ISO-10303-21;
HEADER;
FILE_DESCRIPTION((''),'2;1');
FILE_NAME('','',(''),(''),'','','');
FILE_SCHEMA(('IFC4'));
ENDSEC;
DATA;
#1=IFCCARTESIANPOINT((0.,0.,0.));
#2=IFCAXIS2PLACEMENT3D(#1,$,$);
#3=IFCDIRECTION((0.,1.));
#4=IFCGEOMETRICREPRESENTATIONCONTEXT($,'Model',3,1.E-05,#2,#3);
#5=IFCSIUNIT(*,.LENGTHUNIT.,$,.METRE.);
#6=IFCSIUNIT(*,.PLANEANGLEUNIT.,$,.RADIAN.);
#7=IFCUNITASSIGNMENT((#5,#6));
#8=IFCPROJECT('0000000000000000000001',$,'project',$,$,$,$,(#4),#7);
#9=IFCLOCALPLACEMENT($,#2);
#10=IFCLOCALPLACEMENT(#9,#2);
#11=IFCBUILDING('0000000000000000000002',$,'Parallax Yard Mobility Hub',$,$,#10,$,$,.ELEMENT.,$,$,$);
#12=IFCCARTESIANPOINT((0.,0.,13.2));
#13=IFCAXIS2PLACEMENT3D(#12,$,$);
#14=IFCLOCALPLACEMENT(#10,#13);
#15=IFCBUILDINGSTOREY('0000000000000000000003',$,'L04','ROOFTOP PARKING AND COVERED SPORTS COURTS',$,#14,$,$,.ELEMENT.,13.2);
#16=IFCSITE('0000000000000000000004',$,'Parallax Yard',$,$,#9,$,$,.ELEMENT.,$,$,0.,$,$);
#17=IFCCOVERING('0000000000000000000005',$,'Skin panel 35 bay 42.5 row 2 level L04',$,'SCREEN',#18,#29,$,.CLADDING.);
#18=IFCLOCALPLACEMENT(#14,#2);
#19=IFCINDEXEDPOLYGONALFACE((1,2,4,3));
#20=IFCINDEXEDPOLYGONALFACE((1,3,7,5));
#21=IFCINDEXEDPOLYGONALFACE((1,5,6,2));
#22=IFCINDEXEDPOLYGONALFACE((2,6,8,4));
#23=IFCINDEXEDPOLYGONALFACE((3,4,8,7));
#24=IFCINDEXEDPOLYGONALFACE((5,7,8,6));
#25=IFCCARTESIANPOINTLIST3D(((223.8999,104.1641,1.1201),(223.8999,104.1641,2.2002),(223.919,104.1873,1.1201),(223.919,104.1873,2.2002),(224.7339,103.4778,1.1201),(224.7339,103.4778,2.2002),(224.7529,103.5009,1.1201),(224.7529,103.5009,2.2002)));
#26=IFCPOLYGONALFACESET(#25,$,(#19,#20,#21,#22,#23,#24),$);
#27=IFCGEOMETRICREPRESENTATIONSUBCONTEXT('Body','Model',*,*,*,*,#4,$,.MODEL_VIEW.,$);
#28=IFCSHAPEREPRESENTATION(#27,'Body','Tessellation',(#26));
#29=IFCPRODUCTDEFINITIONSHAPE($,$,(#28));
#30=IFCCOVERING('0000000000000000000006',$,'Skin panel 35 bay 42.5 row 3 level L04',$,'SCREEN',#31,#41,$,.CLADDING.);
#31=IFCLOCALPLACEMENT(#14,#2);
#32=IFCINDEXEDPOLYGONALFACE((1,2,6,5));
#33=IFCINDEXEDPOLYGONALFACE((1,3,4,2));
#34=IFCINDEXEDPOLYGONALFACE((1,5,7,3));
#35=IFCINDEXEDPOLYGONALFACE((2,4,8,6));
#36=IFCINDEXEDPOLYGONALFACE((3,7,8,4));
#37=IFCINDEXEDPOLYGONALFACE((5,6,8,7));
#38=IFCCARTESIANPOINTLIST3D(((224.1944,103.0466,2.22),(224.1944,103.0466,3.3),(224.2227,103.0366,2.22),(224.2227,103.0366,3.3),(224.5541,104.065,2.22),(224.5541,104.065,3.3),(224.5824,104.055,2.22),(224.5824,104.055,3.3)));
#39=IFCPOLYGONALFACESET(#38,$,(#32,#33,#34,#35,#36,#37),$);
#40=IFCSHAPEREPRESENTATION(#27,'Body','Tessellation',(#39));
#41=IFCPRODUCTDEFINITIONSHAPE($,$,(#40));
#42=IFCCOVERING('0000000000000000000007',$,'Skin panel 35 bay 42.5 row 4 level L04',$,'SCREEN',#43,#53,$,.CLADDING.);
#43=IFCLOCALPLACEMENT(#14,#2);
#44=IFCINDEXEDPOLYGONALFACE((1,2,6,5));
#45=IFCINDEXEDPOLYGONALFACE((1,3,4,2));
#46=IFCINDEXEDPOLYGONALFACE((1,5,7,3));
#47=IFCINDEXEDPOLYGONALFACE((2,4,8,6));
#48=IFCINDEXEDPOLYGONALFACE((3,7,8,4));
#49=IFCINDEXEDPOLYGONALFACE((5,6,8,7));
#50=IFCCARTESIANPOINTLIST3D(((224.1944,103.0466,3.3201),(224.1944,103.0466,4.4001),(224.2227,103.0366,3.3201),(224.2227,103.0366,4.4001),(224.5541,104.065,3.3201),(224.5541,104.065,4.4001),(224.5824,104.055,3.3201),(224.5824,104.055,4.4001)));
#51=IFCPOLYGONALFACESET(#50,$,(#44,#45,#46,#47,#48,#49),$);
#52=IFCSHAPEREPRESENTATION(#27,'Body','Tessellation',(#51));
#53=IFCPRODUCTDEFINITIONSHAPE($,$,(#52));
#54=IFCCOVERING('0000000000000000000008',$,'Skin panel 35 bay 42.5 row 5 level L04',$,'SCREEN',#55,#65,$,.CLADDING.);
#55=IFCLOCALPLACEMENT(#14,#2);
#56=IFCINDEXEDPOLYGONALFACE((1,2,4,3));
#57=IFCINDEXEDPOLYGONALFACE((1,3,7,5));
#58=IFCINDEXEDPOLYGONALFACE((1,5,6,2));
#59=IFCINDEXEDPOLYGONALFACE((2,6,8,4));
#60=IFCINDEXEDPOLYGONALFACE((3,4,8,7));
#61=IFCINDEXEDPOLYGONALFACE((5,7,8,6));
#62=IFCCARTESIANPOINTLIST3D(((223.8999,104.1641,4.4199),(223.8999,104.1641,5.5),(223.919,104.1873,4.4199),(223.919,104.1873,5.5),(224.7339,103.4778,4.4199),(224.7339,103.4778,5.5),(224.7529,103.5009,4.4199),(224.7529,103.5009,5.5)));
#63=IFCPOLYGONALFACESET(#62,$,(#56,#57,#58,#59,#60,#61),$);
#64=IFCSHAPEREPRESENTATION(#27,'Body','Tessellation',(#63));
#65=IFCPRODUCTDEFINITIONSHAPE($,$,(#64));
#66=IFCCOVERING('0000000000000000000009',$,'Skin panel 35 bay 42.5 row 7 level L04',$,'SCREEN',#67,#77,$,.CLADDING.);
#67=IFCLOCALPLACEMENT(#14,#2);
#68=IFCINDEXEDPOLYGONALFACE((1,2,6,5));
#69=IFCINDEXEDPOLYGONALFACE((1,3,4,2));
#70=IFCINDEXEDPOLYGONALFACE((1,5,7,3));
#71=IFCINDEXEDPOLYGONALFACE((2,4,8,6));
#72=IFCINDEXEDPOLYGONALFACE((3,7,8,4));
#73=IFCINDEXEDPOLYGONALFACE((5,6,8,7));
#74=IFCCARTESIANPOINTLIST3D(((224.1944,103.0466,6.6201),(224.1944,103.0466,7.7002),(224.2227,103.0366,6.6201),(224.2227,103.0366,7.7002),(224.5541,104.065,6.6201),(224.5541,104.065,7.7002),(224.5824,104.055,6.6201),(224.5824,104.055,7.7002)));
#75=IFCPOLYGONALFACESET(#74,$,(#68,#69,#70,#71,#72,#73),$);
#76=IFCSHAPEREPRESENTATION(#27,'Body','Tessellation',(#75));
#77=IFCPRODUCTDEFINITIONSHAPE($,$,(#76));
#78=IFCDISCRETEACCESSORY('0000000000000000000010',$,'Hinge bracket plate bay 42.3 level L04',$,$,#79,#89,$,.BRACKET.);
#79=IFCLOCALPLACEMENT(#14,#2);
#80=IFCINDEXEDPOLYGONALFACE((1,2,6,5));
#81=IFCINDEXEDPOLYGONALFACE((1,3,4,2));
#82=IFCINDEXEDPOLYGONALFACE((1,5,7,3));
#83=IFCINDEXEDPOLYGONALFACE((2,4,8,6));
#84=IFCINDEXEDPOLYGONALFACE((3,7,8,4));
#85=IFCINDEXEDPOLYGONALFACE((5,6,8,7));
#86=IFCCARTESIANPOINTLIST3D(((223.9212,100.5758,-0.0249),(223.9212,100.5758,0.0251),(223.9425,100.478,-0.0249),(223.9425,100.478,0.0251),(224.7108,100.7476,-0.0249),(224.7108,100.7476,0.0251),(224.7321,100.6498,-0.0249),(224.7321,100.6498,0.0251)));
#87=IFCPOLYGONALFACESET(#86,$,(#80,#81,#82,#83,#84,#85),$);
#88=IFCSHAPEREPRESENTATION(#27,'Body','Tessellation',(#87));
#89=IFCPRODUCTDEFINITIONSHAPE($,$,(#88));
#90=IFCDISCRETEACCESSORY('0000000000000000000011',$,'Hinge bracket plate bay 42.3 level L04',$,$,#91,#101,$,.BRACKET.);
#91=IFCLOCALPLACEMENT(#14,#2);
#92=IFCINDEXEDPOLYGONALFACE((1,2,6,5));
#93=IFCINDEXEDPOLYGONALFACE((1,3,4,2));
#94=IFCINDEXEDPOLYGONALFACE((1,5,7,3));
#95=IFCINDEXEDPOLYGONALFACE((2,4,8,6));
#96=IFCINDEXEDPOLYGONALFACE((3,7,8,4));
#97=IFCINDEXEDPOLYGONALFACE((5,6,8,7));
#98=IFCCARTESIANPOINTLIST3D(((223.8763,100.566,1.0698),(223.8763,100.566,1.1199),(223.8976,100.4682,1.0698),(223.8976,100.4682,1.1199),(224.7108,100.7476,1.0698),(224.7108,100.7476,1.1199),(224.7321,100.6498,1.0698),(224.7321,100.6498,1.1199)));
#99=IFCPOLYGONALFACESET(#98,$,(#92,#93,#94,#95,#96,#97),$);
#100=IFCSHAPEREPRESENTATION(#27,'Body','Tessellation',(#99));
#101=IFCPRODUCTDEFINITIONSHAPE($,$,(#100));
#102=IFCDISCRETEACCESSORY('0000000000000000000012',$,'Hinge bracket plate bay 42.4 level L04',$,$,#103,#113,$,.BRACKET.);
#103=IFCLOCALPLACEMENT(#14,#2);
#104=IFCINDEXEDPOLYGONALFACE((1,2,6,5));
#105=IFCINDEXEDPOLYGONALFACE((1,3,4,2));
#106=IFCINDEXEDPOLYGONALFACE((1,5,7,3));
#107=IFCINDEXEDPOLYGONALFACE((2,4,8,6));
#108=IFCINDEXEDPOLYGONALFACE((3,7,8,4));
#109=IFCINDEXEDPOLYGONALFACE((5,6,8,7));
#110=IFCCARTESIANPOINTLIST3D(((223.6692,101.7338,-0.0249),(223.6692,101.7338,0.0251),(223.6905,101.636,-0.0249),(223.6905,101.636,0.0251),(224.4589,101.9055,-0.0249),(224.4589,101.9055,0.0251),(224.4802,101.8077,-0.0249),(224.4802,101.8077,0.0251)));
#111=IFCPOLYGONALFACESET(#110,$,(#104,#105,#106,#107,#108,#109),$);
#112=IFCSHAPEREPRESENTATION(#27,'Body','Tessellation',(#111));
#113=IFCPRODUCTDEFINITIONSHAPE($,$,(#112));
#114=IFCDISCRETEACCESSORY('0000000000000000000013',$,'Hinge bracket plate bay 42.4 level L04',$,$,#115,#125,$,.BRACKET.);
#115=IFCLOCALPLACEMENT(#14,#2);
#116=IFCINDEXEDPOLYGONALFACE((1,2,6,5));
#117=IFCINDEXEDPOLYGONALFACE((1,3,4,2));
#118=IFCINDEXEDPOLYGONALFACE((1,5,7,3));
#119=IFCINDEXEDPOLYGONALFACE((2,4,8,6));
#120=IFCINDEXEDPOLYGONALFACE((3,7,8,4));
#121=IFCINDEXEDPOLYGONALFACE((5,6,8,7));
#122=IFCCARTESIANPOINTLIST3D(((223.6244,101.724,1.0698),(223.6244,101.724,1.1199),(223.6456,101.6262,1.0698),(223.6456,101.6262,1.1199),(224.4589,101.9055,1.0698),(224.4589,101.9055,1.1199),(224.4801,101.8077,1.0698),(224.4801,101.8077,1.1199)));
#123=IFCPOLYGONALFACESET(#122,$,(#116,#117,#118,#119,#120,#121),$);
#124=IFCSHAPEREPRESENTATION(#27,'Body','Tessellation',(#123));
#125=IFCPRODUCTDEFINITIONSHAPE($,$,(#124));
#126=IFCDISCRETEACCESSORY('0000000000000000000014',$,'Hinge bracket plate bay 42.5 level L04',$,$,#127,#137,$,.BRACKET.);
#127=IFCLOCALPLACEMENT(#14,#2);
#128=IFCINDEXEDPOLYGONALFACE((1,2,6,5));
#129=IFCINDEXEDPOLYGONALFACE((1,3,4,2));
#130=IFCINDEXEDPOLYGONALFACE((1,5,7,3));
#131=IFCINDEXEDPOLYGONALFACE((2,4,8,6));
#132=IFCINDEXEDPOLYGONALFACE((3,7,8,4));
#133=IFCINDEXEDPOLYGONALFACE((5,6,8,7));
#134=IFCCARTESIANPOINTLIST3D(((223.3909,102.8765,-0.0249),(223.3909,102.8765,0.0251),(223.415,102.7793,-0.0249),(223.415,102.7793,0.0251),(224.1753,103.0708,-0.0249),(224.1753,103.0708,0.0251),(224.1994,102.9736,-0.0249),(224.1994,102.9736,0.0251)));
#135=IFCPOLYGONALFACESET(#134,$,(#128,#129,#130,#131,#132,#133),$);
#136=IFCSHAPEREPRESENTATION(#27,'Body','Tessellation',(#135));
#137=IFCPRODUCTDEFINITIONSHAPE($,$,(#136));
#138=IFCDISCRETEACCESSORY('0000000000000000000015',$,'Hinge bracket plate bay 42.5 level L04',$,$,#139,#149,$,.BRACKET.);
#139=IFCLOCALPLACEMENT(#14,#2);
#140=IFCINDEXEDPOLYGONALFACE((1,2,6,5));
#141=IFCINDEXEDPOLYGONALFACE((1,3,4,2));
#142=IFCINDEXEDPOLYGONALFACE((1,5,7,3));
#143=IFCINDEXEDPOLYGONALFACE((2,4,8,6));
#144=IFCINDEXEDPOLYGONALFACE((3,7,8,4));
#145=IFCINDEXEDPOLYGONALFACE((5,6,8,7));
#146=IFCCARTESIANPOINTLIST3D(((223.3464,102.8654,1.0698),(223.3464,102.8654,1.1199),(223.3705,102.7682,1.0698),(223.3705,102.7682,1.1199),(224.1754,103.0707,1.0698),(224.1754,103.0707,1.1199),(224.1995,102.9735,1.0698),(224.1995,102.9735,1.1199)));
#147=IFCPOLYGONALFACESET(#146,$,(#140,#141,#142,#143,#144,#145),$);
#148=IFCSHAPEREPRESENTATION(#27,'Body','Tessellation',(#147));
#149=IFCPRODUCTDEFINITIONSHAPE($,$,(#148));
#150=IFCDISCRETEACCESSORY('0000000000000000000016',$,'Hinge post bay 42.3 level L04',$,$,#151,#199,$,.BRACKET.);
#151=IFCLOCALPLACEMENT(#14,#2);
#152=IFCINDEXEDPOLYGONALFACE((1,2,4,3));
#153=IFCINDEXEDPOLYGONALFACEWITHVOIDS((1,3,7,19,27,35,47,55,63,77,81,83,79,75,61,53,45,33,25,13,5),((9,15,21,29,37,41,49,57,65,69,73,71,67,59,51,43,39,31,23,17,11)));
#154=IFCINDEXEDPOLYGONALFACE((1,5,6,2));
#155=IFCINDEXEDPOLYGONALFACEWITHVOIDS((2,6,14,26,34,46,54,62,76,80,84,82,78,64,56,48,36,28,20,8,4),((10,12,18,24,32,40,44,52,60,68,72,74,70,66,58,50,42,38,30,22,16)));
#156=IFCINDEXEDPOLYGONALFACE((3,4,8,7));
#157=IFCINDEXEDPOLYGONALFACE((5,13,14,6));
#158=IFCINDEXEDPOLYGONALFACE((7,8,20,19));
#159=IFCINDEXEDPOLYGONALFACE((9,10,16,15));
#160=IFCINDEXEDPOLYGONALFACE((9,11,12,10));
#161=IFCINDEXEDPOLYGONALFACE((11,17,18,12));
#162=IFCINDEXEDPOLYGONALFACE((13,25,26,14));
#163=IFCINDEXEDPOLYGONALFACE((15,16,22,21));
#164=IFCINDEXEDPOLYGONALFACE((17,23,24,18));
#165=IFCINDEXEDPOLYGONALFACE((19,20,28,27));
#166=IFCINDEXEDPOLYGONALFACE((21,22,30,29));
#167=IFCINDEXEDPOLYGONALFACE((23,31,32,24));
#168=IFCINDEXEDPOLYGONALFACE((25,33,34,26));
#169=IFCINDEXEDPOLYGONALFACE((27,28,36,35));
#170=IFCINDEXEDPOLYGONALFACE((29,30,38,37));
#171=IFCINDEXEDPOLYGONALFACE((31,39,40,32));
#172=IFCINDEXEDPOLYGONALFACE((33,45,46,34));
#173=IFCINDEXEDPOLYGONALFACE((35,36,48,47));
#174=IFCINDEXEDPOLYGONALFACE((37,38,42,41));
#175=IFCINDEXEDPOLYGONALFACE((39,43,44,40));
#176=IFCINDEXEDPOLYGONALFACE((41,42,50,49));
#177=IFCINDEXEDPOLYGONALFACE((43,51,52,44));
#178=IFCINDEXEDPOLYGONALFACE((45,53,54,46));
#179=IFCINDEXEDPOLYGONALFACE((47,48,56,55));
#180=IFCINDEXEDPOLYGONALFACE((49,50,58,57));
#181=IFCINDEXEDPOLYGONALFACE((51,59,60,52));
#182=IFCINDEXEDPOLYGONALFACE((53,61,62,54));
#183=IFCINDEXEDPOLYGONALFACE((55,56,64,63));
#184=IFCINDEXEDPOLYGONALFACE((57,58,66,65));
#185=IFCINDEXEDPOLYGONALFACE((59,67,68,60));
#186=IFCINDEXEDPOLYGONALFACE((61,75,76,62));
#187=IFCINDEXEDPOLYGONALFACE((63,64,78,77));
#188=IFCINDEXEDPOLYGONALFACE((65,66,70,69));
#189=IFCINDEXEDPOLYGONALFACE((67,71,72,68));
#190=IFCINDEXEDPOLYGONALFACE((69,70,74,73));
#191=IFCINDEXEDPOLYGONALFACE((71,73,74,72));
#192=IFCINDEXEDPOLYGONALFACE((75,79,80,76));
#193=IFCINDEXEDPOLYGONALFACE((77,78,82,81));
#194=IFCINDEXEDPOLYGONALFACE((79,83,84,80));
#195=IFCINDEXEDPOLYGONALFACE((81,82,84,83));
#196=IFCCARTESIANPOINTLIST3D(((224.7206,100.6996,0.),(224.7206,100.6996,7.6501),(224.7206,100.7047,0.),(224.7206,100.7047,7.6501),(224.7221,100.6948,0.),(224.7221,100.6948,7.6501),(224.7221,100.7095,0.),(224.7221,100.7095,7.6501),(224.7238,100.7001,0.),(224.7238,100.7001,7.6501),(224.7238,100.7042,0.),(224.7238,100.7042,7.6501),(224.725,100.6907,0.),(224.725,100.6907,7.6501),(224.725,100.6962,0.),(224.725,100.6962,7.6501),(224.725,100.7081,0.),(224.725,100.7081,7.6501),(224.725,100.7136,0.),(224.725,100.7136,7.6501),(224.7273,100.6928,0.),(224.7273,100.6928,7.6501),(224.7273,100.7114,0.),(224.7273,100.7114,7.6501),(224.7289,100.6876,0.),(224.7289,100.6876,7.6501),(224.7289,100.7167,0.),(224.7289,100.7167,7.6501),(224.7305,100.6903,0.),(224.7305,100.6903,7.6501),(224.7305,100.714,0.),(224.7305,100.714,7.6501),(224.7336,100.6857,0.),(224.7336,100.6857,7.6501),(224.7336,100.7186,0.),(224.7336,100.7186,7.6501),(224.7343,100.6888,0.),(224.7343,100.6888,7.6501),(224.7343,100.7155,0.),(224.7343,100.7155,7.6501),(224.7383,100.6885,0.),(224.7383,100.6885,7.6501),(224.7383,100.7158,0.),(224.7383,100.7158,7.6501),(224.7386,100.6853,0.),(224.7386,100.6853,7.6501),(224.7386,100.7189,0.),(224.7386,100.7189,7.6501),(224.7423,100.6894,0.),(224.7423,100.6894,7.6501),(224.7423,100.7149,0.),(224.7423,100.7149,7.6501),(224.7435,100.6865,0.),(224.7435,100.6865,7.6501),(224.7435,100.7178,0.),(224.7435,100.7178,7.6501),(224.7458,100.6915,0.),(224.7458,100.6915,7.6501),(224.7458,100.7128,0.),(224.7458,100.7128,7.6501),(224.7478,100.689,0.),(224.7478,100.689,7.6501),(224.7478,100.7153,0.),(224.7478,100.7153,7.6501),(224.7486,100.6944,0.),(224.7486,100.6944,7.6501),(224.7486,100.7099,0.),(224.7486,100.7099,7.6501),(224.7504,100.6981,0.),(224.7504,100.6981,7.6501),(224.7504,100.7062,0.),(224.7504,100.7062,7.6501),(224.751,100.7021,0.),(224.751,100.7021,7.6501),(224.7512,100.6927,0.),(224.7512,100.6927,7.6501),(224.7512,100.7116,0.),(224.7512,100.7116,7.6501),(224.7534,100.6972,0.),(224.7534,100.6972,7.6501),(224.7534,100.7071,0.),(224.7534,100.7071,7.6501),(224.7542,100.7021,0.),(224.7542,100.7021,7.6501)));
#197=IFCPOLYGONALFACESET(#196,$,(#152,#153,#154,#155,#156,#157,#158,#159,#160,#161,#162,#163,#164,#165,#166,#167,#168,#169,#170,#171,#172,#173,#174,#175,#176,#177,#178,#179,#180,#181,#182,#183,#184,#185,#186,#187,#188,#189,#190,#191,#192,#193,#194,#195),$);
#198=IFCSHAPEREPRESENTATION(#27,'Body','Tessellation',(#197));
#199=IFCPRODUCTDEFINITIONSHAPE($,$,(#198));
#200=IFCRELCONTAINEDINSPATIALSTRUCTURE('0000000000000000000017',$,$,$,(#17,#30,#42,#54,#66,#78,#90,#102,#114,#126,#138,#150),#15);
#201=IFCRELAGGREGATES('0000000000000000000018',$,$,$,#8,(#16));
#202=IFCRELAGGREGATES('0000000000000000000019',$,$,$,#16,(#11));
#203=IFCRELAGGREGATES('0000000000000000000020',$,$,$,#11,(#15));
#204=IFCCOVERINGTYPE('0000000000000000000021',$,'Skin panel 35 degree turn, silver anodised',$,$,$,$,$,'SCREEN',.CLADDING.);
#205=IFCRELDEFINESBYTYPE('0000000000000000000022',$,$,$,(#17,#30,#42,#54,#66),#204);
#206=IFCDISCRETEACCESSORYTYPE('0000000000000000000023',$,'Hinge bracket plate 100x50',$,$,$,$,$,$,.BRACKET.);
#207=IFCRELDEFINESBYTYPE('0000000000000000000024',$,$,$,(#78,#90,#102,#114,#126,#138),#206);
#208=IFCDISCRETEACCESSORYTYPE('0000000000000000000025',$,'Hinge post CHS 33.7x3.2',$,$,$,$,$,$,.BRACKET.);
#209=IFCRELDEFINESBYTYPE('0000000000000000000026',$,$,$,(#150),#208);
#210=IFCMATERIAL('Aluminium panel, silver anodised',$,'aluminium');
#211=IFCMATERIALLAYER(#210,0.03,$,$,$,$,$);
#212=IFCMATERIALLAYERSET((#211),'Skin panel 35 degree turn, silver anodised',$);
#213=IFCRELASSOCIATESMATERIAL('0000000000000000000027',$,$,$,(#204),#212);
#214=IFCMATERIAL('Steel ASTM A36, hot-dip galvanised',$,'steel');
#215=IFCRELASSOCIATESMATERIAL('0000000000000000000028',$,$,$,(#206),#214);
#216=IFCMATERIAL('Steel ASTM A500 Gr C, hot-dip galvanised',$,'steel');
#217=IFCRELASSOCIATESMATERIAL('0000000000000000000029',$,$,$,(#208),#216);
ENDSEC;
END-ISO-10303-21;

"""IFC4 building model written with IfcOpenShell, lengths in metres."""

from ifc_helpers import new_model, si_unit, direction, frame, origin, origin_2d, place, context, subcontext, project, spatial, rectangle, hollow_circle, extrude, material, layer, layer_set, material_profile, profile_set, type_object, element, save


model = new_model("IFC4")

# Units and contexts
model_context = context("Model", 3, precision=1e-05, world=origin(), true_north=direction((0.0, 1.0)))
body_context = subcontext(model_context, "Body", "Model", "MODEL_VIEW")
ifc_project = project(units=[si_unit("LENGTHUNIT", "METRE"), si_unit("PLANEANGLEUNIT", "RADIAN")], contexts=[model_context])

# Site, building, storey
site_placement = place(None, origin())
site = spatial("IfcSite", under=ifc_project, at=site_placement, Name="Parallax Yard", CompositionType="ELEMENT", RefElevation=0.0)
building_placement = place(site_placement, origin())
building = spatial("IfcBuilding", under=site, at=building_placement, Name="Parallax Yard Mobility Hub", CompositionType="ELEMENT")
storey_placement = place(building_placement, frame((0.0, 0.0, 13.2)))
storey = spatial("IfcBuildingStorey", under=building, at=storey_placement, Name="L04", Description="ROOFTOP PARKING AND COVERED SPORTS COURTS", CompositionType="ELEMENT", Elevation=13.2)

# Coverings
ifc_material_1 = material(Name="Aluminium panel, silver anodised", Category="aluminium")
ifc_layer_1 = layer(ifc_material_1, 0.03)
ifc_layer_set_1 = layer_set([ifc_layer_1], Name="Skin panel 35 degree turn, silver anodised")
covering_type_1 = type_object("IfcCoveringType", Name="Skin panel 35 degree turn, silver anodised", ElementType="SCREEN", PredefinedType="CLADDING", material=ifc_layer_set_1)
for number, where, z_axis, x_axis, name in (
    (1, (224.3264, 103.8325, 1.1201), (0.0, 0.0, 1.0), (0.772129, -0.635465, 0.0), "Skin panel 35 bay 42.5 row 2 level L04"),
    (2, (224.3884, 103.5508, 2.22), (0.0, 0.0, 1.0), (0.333058, 0.942906, 0.0), "Skin panel 35 bay 42.5 row 3 level L04"),
    (3, (224.3884, 103.5508, 3.3201), (0.0, 0.0, 1.0), (0.333058, 0.942906, 0.0), "Skin panel 35 bay 42.5 row 4 level L04"),
    (4, (224.3264, 103.8325, 4.4199), (0.0, 0.0, 1.0), (0.772129, -0.635465, 0.0), "Skin panel 35 bay 42.5 row 5 level L04"),
    (5, (224.3884, 103.5508, 6.6201), (0.0, 0.0, 1.0), (0.333058, 0.942906, 0.0), "Skin panel 35 bay 42.5 row 7 level L04"),
):
    element("IfcCovering", number, at=place(storey_placement, frame(where, z_axis=z_axis, x_axis=x_axis)), inside=storey, type_object=covering_type_1, Name=name, ObjectType="SCREEN", PredefinedType="CLADDING", context=body_context, shape_type="SweptSolid", body=[
        extrude(rectangle(XDim=1.0801, YDim=0.03, at=origin_2d()), origin(), (0.0, 0.0, 1.0), 1.0801),
    ])

# Discrete accessories
ifc_material_2 = material(Name="Steel ASTM A36, hot-dip galvanised", Category="steel")
discrete_accessory_type_1 = type_object("IfcDiscreteAccessoryType", Name="Hinge bracket plate 100x50", PredefinedType="BRACKET", material=ifc_material_2)
discrete_accessory_1_placement = place(storey_placement, frame((224.3267, 100.6128, -0.0249), z_axis=(0.0, 0.0, 1.0), x_axis=(0.977147, 0.212565, 0.0)))
element("IfcDiscreteAccessory", 6, at=discrete_accessory_1_placement, inside=storey, type_object=discrete_accessory_type_1, Name="Hinge bracket plate bay 42.3 level L04", PredefinedType="BRACKET", context=body_context, shape_type="SweptSolid", body=[
    extrude(rectangle(XDim=0.8081, YDim=0.1001, at=origin_2d()), origin(), (0.0, 0.0, 1.0), 0.05),
])
discrete_accessory_2_placement = place(storey_placement, frame((224.3042, 100.6079, 1.0698), z_axis=(0.0, 0.0, 1.0), x_axis=(0.977147, 0.212565, 0.0)))
element("IfcDiscreteAccessory", 7, at=discrete_accessory_2_placement, inside=storey, type_object=discrete_accessory_type_1, Name="Hinge bracket plate bay 42.3 level L04", PredefinedType="BRACKET", context=body_context, shape_type="SweptSolid", body=[
    extrude(rectangle(XDim=0.854, YDim=0.1001, at=origin_2d()), origin(), (0.0, 0.0, 1.0), 0.05),
])
discrete_accessory_3_placement = place(storey_placement, frame((224.0747, 101.7708, -0.0249), z_axis=(0.0, 0.0, 1.0), x_axis=(0.977147, 0.212565, 0.0)))
element("IfcDiscreteAccessory", 8, at=discrete_accessory_3_placement, inside=storey, type_object=discrete_accessory_type_1, Name="Hinge bracket plate bay 42.4 level L04", PredefinedType="BRACKET", context=body_context, shape_type="SweptSolid", body=[
    extrude(rectangle(XDim=0.8081, YDim=0.1001, at=origin_2d()), origin(), (0.0, 0.0, 1.0), 0.05),
])
discrete_accessory_4_placement = place(storey_placement, frame((224.0522, 101.7659, 1.0698), z_axis=(0.0, 0.0, 1.0), x_axis=(0.977147, 0.212565, 0.0)))
element("IfcDiscreteAccessory", 9, at=discrete_accessory_4_placement, inside=storey, type_object=discrete_accessory_type_1, Name="Hinge bracket plate bay 42.4 level L04", PredefinedType="BRACKET", context=body_context, shape_type="SweptSolid", body=[
    extrude(rectangle(XDim=0.854, YDim=0.1001, at=origin_2d()), origin(), (0.0, 0.0, 1.0), 0.05),
])
discrete_accessory_5_placement = place(storey_placement, frame((223.7952, 102.925, -0.0249), z_axis=(0.0, 0.0, 1.0), x_axis=(0.970678, 0.240382, 0.0)))
element("IfcDiscreteAccessory", 10, at=discrete_accessory_5_placement, inside=storey, type_object=discrete_accessory_type_1, Name="Hinge bracket plate bay 42.5 level L04", PredefinedType="BRACKET", context=body_context, shape_type="SweptSolid", body=[
    extrude(rectangle(XDim=0.8081, YDim=0.1001, at=origin_2d()), origin(), (0.0, 0.0, 1.0), 0.05),
])
discrete_accessory_6_placement = place(storey_placement, frame((223.7729, 102.9194, 1.0698), z_axis=(0.0, 0.0, 1.0), x_axis=(0.970678, 0.240382, 0.0)))
element("IfcDiscreteAccessory", 11, at=discrete_accessory_6_placement, inside=storey, type_object=discrete_accessory_type_1, Name="Hinge bracket plate bay 42.5 level L04", PredefinedType="BRACKET", context=body_context, shape_type="SweptSolid", body=[
    extrude(rectangle(XDim=0.854, YDim=0.1001, at=origin_2d()), origin(), (0.0, 0.0, 1.0), 0.05),
])
ifc_material_3 = material(Name="Steel ASTM A500 Gr C, hot-dip galvanised", Category="steel")
ifc_material_profile = material_profile(ifc_material_3, hollow_circle(Radius=0.0168, WallThickness=0.0032, at=origin_2d()), Name="CHS 33.7x3.2")
ifc_profile_set = profile_set([ifc_material_profile], Name="Steel ASTM A500 Gr C, hot-dip galvanised")
discrete_accessory_type_2 = type_object("IfcDiscreteAccessoryType", Name="Hinge post CHS 33.7x3.2", PredefinedType="BRACKET", material=ifc_profile_set)
for number, where, z_axis, x_axis, name in (
    (12, (224.7373, 100.7021, 0.0), (0.0, 0.0, 1.0), (1.0, 0.0, 0.0), "Hinge post bay 42.3 level L04"),
):
    element("IfcDiscreteAccessory", number, at=place(storey_placement, frame(where, z_axis=z_axis, x_axis=x_axis)), inside=storey, type_object=discrete_accessory_type_2, Name=name, PredefinedType="BRACKET", context=body_context, shape_type="SweptSolid", body=[
        extrude(hollow_circle(Radius=0.0168, WallThickness=0.0032, at=origin_2d()), origin(), (0.0, 0.0, 1.0), 7.6501),
    ])

save(model, "model.ifc")
